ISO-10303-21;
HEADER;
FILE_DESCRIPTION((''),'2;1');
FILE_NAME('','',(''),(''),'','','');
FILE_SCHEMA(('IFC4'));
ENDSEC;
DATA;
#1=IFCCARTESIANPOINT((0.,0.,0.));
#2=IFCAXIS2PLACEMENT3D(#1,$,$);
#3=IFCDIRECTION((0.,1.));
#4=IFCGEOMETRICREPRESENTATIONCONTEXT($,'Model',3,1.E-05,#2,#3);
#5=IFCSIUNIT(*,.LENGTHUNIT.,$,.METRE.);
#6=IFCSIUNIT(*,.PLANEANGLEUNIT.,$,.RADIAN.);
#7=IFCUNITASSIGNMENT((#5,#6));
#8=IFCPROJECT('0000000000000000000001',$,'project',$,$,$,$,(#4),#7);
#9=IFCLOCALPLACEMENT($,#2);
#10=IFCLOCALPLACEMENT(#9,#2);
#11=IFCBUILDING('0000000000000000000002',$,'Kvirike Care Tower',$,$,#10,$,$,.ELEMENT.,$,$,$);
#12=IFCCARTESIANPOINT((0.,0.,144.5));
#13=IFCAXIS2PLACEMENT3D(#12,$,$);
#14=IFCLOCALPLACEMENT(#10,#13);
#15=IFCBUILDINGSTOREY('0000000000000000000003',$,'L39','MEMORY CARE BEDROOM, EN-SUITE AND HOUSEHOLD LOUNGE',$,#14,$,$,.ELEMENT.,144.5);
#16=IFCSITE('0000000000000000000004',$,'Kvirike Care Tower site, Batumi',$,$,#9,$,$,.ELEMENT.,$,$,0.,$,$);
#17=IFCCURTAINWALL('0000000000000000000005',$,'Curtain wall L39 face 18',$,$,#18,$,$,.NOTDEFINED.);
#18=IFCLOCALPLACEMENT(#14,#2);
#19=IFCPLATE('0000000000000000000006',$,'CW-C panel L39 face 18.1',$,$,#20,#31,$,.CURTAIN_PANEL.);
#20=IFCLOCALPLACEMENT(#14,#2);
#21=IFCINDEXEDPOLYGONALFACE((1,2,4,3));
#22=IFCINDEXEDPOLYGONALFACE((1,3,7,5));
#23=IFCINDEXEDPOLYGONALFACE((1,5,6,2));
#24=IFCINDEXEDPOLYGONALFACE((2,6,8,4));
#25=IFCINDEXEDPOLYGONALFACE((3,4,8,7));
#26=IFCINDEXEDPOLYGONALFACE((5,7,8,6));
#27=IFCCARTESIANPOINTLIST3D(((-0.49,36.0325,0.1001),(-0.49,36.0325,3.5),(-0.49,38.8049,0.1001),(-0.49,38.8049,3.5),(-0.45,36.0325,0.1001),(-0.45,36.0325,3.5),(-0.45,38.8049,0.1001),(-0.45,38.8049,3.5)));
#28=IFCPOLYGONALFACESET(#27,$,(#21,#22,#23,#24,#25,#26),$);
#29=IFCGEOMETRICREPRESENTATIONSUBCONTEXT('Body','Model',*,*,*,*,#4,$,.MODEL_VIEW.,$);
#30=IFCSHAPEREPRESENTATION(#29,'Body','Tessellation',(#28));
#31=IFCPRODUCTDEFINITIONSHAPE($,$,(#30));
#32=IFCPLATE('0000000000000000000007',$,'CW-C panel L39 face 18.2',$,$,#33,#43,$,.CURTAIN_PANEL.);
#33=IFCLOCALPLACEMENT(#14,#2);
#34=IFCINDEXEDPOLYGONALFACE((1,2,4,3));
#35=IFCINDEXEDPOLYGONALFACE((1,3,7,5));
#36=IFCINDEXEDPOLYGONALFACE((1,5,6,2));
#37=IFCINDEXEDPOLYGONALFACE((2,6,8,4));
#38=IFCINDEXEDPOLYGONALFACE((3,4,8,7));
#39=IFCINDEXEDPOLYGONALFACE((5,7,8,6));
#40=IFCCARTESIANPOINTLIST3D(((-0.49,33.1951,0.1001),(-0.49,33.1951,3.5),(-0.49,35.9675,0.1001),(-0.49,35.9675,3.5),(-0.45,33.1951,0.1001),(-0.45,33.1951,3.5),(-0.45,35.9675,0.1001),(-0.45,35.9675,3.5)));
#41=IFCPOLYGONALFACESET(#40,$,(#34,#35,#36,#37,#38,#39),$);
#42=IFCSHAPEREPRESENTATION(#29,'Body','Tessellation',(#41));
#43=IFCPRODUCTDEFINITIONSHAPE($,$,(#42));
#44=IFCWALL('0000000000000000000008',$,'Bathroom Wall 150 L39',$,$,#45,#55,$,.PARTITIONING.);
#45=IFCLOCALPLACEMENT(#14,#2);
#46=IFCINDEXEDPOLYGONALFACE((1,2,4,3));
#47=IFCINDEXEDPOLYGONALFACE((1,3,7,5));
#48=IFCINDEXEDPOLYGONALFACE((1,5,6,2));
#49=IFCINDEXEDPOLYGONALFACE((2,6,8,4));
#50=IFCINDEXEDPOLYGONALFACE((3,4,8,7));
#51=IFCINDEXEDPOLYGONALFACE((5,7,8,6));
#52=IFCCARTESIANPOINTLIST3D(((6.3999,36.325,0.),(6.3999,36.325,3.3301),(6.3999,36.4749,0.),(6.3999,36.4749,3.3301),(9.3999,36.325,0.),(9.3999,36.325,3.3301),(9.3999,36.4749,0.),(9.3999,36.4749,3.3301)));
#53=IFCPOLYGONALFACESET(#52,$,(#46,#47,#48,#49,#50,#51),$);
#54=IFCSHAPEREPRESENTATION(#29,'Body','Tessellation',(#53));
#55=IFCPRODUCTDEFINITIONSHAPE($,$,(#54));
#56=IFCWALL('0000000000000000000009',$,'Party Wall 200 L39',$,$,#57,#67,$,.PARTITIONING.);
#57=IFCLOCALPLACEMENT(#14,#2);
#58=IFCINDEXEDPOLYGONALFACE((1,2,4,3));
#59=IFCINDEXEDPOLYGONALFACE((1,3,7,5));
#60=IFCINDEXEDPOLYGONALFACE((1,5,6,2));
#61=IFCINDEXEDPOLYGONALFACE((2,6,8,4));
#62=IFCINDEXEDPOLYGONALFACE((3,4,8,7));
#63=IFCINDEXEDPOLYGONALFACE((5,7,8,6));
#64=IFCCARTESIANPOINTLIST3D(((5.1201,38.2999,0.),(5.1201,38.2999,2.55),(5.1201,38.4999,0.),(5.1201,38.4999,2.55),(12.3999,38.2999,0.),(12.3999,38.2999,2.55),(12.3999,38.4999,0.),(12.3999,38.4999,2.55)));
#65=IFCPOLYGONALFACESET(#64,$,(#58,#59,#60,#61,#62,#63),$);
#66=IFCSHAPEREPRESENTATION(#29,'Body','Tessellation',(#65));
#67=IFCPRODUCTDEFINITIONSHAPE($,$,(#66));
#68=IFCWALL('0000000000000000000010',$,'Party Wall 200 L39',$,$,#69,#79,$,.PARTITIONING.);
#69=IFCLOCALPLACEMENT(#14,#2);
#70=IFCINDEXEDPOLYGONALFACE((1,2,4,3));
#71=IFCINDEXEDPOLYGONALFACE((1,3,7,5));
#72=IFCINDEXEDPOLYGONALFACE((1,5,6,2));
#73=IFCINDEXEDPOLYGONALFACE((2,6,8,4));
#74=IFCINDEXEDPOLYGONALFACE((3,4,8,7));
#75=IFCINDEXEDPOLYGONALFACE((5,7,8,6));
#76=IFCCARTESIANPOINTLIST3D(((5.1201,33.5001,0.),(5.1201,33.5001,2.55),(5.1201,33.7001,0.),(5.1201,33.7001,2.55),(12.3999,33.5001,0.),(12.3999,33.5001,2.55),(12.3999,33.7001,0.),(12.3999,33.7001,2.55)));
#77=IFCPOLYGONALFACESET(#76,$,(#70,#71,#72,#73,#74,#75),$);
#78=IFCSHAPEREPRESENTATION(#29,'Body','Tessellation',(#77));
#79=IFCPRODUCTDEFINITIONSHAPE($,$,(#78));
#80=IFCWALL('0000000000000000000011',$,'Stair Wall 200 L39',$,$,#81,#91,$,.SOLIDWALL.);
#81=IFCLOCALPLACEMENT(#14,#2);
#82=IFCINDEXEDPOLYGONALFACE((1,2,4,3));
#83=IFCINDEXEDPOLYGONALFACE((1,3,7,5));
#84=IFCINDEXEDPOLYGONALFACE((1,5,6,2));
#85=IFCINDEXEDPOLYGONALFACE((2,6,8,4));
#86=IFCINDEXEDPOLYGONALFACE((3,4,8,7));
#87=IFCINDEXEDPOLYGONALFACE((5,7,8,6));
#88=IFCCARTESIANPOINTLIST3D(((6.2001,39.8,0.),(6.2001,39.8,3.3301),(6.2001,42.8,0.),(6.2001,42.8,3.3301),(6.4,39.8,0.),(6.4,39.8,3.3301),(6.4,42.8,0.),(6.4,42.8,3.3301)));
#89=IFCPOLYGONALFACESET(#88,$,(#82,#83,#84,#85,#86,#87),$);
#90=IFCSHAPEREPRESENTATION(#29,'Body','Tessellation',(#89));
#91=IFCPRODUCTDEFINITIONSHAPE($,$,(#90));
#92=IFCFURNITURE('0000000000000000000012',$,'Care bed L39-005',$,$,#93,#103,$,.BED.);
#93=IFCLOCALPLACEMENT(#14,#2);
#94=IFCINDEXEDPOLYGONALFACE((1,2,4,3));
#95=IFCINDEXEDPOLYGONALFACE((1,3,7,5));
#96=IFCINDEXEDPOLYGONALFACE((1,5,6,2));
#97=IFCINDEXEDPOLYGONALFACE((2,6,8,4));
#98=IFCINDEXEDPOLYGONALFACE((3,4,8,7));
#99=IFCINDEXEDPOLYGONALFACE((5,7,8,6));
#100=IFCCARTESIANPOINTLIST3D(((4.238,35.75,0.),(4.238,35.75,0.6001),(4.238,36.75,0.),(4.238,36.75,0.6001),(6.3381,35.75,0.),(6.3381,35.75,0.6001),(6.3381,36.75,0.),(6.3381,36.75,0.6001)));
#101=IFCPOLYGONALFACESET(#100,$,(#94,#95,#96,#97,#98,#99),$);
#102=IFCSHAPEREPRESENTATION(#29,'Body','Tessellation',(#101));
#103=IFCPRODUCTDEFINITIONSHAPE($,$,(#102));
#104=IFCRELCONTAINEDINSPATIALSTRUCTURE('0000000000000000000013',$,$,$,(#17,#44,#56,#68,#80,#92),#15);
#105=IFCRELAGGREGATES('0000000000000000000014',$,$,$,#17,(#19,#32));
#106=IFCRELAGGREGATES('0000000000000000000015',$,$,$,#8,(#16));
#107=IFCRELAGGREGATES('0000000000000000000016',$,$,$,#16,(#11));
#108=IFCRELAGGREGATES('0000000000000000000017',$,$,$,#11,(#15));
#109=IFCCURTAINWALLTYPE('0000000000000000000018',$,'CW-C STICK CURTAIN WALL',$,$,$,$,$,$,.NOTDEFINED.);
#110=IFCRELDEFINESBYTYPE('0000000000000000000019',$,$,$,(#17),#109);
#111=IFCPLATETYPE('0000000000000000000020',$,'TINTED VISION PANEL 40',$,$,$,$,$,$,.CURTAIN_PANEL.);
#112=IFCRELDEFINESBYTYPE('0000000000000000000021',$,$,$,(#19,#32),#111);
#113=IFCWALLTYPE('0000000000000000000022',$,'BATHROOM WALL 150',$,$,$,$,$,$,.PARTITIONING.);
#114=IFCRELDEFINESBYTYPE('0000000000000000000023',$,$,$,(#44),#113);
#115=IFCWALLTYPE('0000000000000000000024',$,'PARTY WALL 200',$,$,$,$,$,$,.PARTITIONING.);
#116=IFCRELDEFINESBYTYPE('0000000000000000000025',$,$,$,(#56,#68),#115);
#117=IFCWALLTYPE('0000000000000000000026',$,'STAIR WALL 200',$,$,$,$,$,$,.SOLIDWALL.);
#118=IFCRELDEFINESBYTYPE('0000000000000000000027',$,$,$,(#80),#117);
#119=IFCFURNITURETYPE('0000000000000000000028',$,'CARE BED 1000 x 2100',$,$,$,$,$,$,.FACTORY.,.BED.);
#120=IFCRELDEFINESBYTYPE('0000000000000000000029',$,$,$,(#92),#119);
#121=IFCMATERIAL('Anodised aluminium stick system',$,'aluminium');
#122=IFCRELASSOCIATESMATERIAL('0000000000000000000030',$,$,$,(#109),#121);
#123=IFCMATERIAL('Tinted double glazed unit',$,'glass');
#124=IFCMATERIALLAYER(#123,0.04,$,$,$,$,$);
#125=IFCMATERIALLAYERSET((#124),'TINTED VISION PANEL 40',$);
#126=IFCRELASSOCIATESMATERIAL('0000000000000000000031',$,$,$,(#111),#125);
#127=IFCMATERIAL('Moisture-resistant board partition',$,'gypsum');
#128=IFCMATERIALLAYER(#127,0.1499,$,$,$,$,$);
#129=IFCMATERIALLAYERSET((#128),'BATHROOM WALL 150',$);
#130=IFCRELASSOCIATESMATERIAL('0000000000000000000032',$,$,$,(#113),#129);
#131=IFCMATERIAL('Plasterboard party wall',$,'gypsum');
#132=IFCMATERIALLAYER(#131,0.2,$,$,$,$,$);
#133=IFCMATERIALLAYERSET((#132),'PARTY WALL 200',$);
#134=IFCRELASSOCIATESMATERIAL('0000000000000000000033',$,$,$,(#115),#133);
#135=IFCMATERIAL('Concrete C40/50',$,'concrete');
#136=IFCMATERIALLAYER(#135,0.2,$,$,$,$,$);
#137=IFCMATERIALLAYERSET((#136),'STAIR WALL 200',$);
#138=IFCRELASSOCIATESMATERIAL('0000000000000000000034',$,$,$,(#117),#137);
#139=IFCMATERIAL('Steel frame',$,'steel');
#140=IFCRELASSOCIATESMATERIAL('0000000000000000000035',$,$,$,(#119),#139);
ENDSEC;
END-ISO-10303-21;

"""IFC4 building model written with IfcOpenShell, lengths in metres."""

from ifc_helpers import new_model, si_unit, direction, frame, frame_2d, origin, origin_2d, place, context, subcontext, project, spatial, rectangle, extrude, material, layer, layer_set, type_object, element, aggregate, save


model = new_model("IFC4")

# Units and contexts
model_context = context("Model", 3, precision=1e-05, world=origin(), true_north=direction((0.0, 1.0)))
body_context = subcontext(model_context, "Body", "Model", "MODEL_VIEW")
ifc_project = project(units=[si_unit("LENGTHUNIT", "METRE"), si_unit("PLANEANGLEUNIT", "RADIAN")], contexts=[model_context])

# Site, building, storey
site_placement = place(None, origin())
site = spatial("IfcSite", under=ifc_project, at=site_placement, Name="Kvirike Care Tower site, Batumi", CompositionType="ELEMENT", RefElevation=0.0)
building_placement = place(site_placement, origin())
building = spatial("IfcBuilding", under=site, at=building_placement, Name="Kvirike Care Tower", CompositionType="ELEMENT")
storey_placement = place(building_placement, frame((0.0, 0.0, 144.5)))
storey = spatial("IfcBuildingStorey", under=building, at=storey_placement, Name="L39", Description="MEMORY CARE BEDROOM, EN-SUITE AND HOUSEHOLD LOUNGE", CompositionType="ELEMENT", Elevation=144.5)

# Curtain wall
ifc_material_1 = material(Name="Anodised aluminium stick system", Category="aluminium")
curtain_wall_type = type_object("IfcCurtainWallType", Name="CW-C STICK CURTAIN WALL", PredefinedType="NOTDEFINED", material=ifc_material_1)
curtain_wall_1_placement = place(storey_placement, origin())
curtain_wall_1 = element("IfcCurtainWall", 1, at=curtain_wall_1_placement, inside=storey, type_object=curtain_wall_type, Name="Curtain wall L39 face 18", PredefinedType="NOTDEFINED")

# Plates
ifc_material_2 = material(Name="Tinted double glazed unit", Category="glass")
ifc_layer_1 = layer(ifc_material_2, 0.04)
ifc_layer_set_1 = layer_set([ifc_layer_1], Name="TINTED VISION PANEL 40")
plate_type = type_object("IfcPlateType", Name="TINTED VISION PANEL 40", PredefinedType="CURTAIN_PANEL", material=ifc_layer_set_1)
plate_1_placement = place(storey_placement, frame((-0.47, 37.4187, 0.1001), z_axis=(0.0, 0.0, 1.0), x_axis=(0.0, -1.0, 0.0)))
plate_1 = element("IfcPlate", 2, at=plate_1_placement, type_object=plate_type, Name="CW-C panel L39 face 18.1", PredefinedType="CURTAIN_PANEL", context=body_context, shape_type="SweptSolid", body=[
    extrude(rectangle(XDim=2.7725, YDim=0.04, at=origin_2d()), origin(), (0.0, 0.0, 1.0), 3.3999),
])
plate_2_placement = place(storey_placement, frame((-0.47, 34.5813, 0.1001), z_axis=(0.0, 0.0, 1.0), x_axis=(0.0, -1.0, 0.0)))
plate_2 = element("IfcPlate", 3, at=plate_2_placement, type_object=plate_type, Name="CW-C panel L39 face 18.2", PredefinedType="CURTAIN_PANEL", context=body_context, shape_type="SweptSolid", body=[
    extrude(rectangle(XDim=2.7725, YDim=0.04, at=origin_2d()), origin(), (0.0, 0.0, 1.0), 3.3999),
])
aggregate(curtain_wall_1, [plate_1, plate_2])

# Walls
ifc_material_3 = material(Name="Moisture-resistant board partition", Category="gypsum")
ifc_layer_2 = layer(ifc_material_3, 0.1499)
ifc_layer_set_2 = layer_set([ifc_layer_2], Name="BATHROOM WALL 150")
wall_type_1 = type_object("IfcWallType", Name="BATHROOM WALL 150", PredefinedType="PARTITIONING", material=ifc_layer_set_2)
wall_1_placement = place(storey_placement, frame((6.3999, 36.3999, 0.0), z_axis=(0.0, 0.0, 1.0), x_axis=(1.0, 0.0, 0.0)))
element("IfcWall", 4, at=wall_1_placement, inside=storey, type_object=wall_type_1, Name="Bathroom Wall 150 L39", PredefinedType="PARTITIONING", context=body_context, shape_type="SweptSolid", body=[
    extrude(rectangle(XDim=3.0, YDim=0.1499, at=frame_2d((1.5, 0.0))), origin(), (0.0, 0.0, 1.0), 3.3301),
])
ifc_material_4 = material(Name="Plasterboard party wall", Category="gypsum")
ifc_layer_3 = layer(ifc_material_4, 0.2)
ifc_layer_set_3 = layer_set([ifc_layer_3], Name="PARTY WALL 200")
wall_type_2 = type_object("IfcWallType", Name="PARTY WALL 200", PredefinedType="PARTITIONING", material=ifc_layer_set_3)
for number, where, z_axis, x_axis, name in (
    (5, (5.1201, 38.3999, 0.0), (0.0, 0.0, 1.0), (1.0, 0.0, 0.0), "Party Wall 200 L39"),
    (6, (5.1201, 33.6001, 0.0), (0.0, 0.0, 1.0), (1.0, 0.0, 0.0), "Party Wall 200 L39"),
):
    element("IfcWall", number, at=place(storey_placement, frame(where, z_axis=z_axis, x_axis=x_axis)), inside=storey, type_object=wall_type_2, Name=name, PredefinedType="PARTITIONING", context=body_context, shape_type="SweptSolid", body=[
        extrude(rectangle(XDim=7.2798, YDim=0.2, at=frame_2d((3.6399, 0.0))), origin(), (0.0, 0.0, 1.0), 2.55),
    ])
ifc_material_5 = material(Name="Concrete C40/50", Category="concrete")
ifc_layer_4 = layer(ifc_material_5, 0.2)
ifc_layer_set_4 = layer_set([ifc_layer_4], Name="STAIR WALL 200")
wall_type_3 = type_object("IfcWallType", Name="STAIR WALL 200", PredefinedType="SOLIDWALL", material=ifc_layer_set_4)
wall_2_placement = place(storey_placement, frame((6.3, 42.8, 0.0), z_axis=(0.0, 0.0, 1.0), x_axis=(0.0, -1.0, 0.0)))
element("IfcWall", 7, at=wall_2_placement, inside=storey, type_object=wall_type_3, Name="Stair Wall 200 L39", PredefinedType="SOLIDWALL", context=body_context, shape_type="SweptSolid", body=[
    extrude(rectangle(XDim=3.0, YDim=0.2, at=frame_2d((1.5, 0.0))), origin(), (0.0, 0.0, 1.0), 3.3301),
])

# Furniture
ifc_material_6 = material(Name="Steel frame", Category="steel")
furniture_type = type_object("IfcFurnitureType", Name="CARE BED 1000 x 2100", AssemblyPlace="FACTORY", PredefinedType="BED", material=ifc_material_6)
furniture_placement = place(storey_placement, frame((5.2881, 36.25, 0.0), z_axis=(0.0, 0.0, 1.0), x_axis=(0.0, -1.0, 0.0)))
element("IfcFurniture", 8, at=furniture_placement, inside=storey, type_object=furniture_type, Name="Care bed L39-005", PredefinedType="BED", context=body_context, shape_type="SweptSolid", body=[
    extrude(rectangle(XDim=1.0, YDim=2.1001, at=origin_2d()), origin(), (0.0, 0.0, 1.0), 0.6001),
])

save(model, "model.ifc")
